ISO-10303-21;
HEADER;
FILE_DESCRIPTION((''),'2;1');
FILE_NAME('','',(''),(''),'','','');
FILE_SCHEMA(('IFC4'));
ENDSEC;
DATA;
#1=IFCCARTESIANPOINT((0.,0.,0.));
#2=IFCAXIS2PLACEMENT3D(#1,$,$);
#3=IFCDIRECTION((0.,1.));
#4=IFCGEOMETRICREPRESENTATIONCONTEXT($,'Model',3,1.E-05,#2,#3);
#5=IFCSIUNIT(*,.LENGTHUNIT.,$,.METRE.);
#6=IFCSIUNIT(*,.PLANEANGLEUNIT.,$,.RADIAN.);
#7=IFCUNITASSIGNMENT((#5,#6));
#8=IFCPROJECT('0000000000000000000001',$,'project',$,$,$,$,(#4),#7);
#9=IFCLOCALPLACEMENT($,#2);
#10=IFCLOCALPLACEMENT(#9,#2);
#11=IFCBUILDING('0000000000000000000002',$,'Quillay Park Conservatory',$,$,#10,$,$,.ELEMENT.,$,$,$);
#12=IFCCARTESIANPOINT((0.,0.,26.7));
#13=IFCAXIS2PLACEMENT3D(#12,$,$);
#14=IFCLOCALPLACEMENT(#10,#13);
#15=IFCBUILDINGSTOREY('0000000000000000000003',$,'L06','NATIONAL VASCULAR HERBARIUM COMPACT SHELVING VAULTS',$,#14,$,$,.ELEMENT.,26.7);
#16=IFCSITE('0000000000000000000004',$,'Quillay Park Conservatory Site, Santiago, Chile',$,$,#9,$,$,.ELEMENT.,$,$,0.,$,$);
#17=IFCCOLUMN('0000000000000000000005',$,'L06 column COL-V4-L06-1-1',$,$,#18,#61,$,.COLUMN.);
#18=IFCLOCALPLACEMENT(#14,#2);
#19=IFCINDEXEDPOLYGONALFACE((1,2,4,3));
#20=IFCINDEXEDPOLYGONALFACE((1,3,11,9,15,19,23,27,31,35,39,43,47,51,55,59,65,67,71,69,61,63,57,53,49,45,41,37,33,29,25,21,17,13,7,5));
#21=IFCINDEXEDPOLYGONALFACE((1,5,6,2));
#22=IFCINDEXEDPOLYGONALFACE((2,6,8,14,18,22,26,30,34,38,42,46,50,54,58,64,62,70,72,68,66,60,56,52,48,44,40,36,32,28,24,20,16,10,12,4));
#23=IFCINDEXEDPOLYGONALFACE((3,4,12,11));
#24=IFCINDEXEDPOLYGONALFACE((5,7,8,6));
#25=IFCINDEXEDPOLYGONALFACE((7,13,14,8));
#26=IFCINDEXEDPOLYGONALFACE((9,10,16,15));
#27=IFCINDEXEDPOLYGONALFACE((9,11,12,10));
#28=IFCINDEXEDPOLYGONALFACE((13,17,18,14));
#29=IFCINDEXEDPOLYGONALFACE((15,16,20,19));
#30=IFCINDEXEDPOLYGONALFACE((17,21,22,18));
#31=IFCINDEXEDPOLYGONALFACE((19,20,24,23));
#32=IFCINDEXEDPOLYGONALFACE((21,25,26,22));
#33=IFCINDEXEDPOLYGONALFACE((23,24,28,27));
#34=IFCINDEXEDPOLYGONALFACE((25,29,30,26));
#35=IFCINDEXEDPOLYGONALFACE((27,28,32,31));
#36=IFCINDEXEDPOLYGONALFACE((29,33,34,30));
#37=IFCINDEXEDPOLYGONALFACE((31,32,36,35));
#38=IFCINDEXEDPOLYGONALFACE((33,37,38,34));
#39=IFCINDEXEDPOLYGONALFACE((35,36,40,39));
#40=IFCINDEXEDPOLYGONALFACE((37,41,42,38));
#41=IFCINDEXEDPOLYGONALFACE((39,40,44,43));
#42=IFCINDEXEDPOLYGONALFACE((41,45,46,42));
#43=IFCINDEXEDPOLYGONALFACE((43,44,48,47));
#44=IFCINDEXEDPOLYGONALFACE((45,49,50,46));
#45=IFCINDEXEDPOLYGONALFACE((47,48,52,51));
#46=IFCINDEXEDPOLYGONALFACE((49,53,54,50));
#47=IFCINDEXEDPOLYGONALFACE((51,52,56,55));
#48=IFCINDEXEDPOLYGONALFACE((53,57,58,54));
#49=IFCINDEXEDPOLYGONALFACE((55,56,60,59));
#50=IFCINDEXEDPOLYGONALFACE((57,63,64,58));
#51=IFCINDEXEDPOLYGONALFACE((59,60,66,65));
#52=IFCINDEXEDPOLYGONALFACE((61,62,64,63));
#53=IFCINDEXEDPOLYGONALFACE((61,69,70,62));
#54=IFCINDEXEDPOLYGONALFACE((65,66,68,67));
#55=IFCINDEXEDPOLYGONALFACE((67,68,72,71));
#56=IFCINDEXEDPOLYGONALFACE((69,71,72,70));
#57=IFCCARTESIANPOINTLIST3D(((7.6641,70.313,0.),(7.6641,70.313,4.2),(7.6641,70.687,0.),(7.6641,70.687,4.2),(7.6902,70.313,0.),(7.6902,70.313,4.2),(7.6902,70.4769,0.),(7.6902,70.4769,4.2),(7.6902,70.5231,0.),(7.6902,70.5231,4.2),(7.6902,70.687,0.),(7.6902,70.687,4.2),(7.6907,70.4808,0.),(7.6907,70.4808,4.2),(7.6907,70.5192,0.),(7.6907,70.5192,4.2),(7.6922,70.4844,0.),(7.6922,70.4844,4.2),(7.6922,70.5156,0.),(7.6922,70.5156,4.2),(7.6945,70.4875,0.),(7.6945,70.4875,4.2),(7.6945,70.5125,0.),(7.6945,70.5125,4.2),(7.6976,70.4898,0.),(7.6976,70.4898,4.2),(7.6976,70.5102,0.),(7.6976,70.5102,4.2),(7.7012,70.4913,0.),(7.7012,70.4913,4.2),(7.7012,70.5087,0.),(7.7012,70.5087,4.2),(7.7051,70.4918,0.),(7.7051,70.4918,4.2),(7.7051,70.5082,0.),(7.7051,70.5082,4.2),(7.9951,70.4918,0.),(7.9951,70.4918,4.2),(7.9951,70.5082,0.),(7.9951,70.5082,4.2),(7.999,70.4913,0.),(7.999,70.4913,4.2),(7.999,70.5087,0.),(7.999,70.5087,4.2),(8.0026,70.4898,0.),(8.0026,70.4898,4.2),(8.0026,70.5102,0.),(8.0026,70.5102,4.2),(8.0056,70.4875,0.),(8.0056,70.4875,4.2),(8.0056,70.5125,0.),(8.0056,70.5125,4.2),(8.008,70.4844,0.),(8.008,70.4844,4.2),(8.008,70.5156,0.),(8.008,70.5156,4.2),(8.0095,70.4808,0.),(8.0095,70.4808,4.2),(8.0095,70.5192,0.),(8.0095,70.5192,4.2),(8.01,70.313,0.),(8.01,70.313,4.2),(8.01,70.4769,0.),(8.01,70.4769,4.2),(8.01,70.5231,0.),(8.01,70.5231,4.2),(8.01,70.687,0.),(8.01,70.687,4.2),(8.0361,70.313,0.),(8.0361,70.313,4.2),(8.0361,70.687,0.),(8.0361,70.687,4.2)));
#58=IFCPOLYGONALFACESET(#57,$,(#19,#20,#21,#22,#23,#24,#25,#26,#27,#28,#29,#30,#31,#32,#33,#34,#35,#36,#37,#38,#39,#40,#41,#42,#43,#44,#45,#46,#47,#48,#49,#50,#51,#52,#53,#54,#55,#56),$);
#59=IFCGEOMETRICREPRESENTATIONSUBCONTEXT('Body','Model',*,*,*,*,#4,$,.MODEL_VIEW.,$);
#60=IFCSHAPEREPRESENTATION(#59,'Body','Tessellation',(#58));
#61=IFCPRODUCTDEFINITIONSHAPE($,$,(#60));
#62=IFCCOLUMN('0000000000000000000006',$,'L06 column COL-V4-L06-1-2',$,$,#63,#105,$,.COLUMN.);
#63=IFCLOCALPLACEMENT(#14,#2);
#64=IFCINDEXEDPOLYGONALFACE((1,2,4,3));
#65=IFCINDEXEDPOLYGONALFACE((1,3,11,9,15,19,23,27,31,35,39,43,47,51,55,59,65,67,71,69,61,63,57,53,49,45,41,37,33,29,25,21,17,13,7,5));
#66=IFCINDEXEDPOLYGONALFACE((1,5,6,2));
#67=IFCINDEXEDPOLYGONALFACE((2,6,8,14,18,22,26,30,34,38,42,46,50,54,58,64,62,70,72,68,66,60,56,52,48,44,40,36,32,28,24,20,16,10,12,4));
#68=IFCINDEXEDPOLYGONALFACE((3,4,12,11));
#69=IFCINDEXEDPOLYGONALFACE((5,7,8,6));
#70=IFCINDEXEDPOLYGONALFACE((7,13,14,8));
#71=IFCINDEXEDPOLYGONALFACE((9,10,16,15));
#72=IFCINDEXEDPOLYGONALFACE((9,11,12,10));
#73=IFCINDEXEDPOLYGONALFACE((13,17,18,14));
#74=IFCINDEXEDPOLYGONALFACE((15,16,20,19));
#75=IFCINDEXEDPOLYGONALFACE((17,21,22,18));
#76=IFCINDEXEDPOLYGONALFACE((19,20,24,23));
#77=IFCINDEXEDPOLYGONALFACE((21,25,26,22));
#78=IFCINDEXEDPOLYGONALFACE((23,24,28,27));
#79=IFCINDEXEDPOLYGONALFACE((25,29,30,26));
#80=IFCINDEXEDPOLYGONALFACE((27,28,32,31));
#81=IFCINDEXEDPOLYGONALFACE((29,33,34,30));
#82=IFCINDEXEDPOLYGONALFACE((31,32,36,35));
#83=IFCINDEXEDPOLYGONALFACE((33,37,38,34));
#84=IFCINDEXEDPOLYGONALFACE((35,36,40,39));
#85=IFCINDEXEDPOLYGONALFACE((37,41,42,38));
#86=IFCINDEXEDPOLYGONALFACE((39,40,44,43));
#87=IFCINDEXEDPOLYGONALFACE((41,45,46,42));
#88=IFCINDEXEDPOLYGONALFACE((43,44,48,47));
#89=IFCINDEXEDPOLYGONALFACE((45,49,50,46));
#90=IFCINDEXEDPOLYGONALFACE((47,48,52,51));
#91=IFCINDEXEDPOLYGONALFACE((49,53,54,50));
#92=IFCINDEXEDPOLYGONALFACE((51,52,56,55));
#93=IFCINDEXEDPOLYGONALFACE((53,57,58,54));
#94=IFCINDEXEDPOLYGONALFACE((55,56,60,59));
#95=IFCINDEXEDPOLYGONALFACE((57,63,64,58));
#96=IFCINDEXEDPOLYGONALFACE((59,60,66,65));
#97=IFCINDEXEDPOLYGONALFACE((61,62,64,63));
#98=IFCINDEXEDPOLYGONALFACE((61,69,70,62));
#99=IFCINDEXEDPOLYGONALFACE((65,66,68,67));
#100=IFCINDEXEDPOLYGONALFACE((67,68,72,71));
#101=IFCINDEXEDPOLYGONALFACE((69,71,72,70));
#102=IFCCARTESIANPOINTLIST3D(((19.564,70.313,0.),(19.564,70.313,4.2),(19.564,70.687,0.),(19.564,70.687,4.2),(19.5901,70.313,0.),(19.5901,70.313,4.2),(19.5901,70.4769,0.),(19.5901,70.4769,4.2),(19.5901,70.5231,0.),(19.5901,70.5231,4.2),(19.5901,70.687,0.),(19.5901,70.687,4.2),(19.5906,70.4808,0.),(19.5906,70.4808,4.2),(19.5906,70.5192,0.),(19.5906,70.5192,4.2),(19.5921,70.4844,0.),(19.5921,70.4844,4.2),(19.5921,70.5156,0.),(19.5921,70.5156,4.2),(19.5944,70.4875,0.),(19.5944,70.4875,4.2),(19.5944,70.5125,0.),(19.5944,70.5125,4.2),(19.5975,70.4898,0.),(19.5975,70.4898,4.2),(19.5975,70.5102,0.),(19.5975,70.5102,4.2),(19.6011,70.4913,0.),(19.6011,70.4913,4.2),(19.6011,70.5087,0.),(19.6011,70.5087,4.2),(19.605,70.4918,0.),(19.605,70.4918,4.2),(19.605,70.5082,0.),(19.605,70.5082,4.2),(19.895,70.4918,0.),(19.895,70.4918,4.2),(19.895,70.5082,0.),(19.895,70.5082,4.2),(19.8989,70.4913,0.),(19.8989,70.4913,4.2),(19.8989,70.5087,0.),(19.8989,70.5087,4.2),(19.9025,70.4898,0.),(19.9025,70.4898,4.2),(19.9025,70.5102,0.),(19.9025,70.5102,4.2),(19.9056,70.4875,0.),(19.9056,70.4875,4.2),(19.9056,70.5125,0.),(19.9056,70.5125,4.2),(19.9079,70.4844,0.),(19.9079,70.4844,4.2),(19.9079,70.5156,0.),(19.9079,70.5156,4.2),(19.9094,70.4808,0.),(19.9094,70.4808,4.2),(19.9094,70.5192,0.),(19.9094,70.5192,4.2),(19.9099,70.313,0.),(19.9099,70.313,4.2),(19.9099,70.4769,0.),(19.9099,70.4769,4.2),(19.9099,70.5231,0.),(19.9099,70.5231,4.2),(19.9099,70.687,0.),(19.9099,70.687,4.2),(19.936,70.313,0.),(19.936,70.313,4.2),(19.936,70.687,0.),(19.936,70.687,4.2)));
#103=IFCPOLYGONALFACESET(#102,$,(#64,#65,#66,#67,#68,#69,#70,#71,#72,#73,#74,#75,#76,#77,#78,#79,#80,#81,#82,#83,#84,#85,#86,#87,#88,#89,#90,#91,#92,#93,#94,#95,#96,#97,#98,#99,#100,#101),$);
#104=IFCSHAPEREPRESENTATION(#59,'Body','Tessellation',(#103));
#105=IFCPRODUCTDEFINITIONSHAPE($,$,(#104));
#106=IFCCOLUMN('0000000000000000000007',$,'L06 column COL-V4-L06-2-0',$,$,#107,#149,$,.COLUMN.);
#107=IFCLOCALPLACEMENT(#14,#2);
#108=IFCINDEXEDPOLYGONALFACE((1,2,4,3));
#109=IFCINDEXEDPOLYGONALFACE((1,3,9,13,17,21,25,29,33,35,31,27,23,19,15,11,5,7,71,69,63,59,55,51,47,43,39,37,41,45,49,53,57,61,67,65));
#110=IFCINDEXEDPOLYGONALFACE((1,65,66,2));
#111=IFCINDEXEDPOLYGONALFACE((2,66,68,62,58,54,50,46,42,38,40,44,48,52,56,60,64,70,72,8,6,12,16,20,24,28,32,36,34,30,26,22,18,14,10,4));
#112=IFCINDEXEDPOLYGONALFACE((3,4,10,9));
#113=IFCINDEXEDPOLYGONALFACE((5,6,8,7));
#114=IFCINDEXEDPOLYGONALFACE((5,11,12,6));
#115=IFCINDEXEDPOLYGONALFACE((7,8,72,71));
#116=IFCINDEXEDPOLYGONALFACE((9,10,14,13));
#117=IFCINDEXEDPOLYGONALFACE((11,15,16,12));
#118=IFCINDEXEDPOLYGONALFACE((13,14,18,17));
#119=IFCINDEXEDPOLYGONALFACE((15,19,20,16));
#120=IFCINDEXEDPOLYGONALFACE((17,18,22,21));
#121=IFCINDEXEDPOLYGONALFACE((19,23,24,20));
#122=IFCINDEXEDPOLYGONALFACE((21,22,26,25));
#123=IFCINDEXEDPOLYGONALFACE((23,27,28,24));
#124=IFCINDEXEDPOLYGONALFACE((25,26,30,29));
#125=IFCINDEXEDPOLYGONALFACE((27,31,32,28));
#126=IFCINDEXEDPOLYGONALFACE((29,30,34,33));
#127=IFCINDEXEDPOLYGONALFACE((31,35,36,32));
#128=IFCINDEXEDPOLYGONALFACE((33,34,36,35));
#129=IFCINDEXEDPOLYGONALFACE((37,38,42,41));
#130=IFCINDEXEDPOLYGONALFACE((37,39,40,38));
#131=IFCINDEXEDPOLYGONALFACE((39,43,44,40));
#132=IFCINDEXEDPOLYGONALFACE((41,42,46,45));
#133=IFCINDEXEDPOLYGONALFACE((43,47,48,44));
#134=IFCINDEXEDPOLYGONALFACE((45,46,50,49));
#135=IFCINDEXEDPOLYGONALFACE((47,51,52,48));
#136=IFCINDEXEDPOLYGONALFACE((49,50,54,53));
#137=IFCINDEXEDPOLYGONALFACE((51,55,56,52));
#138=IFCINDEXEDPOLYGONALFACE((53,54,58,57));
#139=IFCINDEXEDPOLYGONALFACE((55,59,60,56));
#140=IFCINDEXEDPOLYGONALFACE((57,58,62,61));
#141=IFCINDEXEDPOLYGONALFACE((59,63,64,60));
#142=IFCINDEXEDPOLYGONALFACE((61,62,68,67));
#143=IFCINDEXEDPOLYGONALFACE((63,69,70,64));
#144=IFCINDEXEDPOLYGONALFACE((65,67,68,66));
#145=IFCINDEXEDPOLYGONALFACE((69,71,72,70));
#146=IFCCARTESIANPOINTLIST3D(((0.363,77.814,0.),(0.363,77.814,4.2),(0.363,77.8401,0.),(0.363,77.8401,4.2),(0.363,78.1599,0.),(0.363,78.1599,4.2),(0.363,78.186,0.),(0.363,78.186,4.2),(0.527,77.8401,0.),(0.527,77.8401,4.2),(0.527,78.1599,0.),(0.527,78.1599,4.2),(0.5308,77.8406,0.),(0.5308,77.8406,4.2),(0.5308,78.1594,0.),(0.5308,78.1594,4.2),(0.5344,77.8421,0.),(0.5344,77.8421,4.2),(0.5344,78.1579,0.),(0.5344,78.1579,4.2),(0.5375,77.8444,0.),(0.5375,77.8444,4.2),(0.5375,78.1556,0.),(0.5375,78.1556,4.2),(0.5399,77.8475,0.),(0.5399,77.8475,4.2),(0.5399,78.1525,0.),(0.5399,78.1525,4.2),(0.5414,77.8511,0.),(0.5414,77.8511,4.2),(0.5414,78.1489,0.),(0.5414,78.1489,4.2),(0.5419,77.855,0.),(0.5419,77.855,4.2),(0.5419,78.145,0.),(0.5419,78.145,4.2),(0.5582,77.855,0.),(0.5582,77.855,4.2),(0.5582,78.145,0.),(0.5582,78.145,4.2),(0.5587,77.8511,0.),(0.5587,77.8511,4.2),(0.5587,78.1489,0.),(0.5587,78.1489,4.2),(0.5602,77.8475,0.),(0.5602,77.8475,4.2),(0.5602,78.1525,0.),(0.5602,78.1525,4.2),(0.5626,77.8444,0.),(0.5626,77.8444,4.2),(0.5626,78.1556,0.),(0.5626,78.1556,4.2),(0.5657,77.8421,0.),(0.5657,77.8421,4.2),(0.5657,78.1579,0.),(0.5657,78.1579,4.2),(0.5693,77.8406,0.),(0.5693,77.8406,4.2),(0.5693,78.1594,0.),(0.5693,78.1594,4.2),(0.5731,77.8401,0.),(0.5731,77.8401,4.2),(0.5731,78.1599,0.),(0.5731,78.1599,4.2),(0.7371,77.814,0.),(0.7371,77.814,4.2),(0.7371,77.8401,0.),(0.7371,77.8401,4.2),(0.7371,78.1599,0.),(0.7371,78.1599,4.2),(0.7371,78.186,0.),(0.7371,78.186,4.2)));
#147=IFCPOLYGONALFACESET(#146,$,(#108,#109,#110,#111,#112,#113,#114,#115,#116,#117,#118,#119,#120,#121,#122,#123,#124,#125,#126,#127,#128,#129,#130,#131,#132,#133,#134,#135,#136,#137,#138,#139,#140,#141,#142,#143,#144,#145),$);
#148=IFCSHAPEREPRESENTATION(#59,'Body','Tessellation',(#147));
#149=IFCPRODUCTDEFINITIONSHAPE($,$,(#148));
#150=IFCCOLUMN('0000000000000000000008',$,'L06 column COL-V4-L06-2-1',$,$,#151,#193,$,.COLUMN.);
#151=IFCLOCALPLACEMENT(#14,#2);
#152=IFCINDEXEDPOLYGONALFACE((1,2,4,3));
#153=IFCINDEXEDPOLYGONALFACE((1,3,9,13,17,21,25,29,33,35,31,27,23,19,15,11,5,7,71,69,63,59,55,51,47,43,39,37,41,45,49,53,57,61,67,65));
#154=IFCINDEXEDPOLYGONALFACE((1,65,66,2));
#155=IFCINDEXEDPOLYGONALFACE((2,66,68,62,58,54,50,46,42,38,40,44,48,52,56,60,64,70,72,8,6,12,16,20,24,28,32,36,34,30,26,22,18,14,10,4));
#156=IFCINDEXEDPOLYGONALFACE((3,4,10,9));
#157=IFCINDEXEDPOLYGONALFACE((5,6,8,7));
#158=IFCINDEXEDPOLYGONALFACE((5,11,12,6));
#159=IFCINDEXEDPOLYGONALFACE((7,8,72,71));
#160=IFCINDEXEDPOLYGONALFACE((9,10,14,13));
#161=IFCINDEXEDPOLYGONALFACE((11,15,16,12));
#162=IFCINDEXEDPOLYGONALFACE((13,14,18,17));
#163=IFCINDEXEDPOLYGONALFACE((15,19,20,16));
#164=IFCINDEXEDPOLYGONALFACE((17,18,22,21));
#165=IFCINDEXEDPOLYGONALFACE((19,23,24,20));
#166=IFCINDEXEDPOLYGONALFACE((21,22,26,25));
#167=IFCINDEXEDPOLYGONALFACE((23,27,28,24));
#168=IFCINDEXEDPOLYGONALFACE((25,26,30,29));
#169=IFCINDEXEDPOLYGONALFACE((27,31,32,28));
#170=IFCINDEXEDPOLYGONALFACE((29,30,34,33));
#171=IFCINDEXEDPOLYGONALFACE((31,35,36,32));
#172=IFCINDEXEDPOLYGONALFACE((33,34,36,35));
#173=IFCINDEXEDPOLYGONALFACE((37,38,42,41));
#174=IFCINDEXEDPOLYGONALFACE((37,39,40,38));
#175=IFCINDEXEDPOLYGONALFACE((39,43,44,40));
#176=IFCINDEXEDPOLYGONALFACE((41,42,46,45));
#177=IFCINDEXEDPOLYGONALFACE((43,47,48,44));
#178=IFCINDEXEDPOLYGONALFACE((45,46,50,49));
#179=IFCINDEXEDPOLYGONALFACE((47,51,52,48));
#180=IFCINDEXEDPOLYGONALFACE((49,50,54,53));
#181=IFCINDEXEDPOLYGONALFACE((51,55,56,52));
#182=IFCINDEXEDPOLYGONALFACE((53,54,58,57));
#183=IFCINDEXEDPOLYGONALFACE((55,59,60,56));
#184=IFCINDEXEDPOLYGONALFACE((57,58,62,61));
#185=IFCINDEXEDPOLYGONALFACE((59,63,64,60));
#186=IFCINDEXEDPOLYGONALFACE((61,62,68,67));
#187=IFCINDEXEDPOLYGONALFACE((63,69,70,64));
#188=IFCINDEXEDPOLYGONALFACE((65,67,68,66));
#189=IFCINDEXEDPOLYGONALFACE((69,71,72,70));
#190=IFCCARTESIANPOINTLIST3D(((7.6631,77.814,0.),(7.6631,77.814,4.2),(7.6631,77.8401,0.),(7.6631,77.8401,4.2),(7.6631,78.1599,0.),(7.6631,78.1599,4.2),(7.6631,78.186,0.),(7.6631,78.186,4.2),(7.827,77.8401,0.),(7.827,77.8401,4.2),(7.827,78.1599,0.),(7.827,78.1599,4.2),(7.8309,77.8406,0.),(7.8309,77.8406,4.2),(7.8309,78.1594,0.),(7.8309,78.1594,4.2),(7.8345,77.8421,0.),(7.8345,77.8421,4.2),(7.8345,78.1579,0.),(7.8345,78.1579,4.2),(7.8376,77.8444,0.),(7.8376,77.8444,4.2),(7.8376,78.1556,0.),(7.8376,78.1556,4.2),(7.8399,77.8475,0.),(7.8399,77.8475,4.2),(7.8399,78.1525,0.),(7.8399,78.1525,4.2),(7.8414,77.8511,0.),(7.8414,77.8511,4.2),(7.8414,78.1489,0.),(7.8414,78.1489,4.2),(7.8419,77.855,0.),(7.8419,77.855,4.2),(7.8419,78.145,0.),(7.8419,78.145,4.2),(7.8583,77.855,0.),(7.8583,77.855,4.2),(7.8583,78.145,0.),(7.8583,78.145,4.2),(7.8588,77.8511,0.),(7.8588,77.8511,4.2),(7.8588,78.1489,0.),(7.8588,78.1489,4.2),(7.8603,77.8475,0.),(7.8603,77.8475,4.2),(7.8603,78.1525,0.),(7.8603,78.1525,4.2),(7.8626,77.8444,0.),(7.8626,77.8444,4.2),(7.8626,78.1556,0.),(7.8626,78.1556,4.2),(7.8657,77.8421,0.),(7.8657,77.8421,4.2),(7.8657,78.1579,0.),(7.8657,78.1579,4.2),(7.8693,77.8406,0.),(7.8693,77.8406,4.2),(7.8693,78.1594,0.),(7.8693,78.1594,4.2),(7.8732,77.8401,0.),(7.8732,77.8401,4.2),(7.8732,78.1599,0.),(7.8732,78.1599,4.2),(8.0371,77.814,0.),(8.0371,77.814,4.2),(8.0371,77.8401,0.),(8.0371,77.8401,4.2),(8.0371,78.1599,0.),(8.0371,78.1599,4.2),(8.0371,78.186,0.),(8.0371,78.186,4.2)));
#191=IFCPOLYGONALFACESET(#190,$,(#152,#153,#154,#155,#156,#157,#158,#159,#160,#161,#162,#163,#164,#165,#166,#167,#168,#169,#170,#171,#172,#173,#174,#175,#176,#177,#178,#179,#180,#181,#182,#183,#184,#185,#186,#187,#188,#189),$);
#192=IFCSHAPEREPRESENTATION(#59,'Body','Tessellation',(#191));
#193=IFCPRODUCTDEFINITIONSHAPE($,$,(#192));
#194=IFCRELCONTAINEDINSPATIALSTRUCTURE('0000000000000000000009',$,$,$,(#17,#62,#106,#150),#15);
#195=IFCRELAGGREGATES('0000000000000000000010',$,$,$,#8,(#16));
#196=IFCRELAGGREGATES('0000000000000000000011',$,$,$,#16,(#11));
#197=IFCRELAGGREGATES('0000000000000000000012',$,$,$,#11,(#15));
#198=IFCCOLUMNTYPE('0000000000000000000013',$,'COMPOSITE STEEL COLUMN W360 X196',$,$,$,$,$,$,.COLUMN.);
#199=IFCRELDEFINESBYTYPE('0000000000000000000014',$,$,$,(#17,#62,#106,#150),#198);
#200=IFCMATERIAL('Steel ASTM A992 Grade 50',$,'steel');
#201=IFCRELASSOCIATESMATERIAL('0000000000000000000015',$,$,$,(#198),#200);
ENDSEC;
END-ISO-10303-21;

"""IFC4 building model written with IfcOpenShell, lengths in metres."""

from ifc_helpers import new_model, si_unit, direction, frame, origin, origin_2d, place, context, subcontext, project, spatial, i_section, extrude, material, material_profile, profile_set, type_object, element, save


model = new_model("IFC4")

# Units and contexts
model_context = context("Model", 3, precision=1e-05, world=origin(), true_north=direction((0.0, 1.0)))
body_context = subcontext(model_context, "Body", "Model", "MODEL_VIEW")
ifc_project = project(units=[si_unit("LENGTHUNIT", "METRE"), si_unit("PLANEANGLEUNIT", "RADIAN")], contexts=[model_context])

# Site, building, storey
site_placement = place(None, origin())
site = spatial("IfcSite", under=ifc_project, at=site_placement, Name="Quillay Park Conservatory Site, Santiago, Chile", CompositionType="ELEMENT", RefElevation=0.0)
building_placement = place(site_placement, origin())
building = spatial("IfcBuilding", under=site, at=building_placement, Name="Quillay Park Conservatory", CompositionType="ELEMENT")
storey_placement = place(building_placement, frame((0.0, 0.0, 26.7)))
storey = spatial("IfcBuildingStorey", under=building, at=storey_placement, Name="L06", Description="NATIONAL VASCULAR HERBARIUM COMPACT SHELVING VAULTS", CompositionType="ELEMENT", Elevation=26.7)

# Columns
ifc_material_1 = material(Name="Steel ASTM A992 Grade 50", Category="steel")
ifc_material_profile_1 = material_profile(ifc_material_1, i_section(OverallWidth=0.374, OverallDepth=0.3721, WebThickness=0.0164, FlangeThickness=0.0261, FilletRadius=0.0149, at=origin_2d()), Name="W360x196")
ifc_profile_set_1 = profile_set([ifc_material_profile_1], Name="Steel ASTM A992 Grade 50")
column_type = type_object("IfcColumnType", Name="COMPOSITE STEEL COLUMN W360 X196", PredefinedType="COLUMN", material=ifc_profile_set_1)
for number, where, z_axis, x_axis, name in (
    (1, (7.8501, 70.5, 0.0), (0.0, 0.0, 1.0), (0.0, 1.0, 0.0), "L06 column COL-V4-L06-1-1"),
    (2, (19.75, 70.5, 0.0), (0.0, 0.0, 1.0), (0.0, 1.0, 0.0), "L06 column COL-V4-L06-1-2"),
    (3, (0.55, 78.0, 0.0), (0.0, 0.0, 1.0), (1.0, 0.0, 0.0), "L06 column COL-V4-L06-2-0"),
    (4, (7.8501, 78.0, 0.0), (0.0, 0.0, 1.0), (1.0, 0.0, 0.0), "L06 column COL-V4-L06-2-1"),
):
    element("IfcColumn", number, at=place(storey_placement, frame(where, z_axis=z_axis, x_axis=x_axis)), inside=storey, type_object=column_type, Name=name, PredefinedType="COLUMN", context=body_context, shape_type="SweptSolid", body=[
        extrude(i_section(OverallWidth=0.374, OverallDepth=0.3721, WebThickness=0.0164, FlangeThickness=0.0261, FilletRadius=0.0149, at=origin_2d()), origin(), (0.0, 0.0, 1.0), 4.2),
    ])

save(model, "model.ifc")
